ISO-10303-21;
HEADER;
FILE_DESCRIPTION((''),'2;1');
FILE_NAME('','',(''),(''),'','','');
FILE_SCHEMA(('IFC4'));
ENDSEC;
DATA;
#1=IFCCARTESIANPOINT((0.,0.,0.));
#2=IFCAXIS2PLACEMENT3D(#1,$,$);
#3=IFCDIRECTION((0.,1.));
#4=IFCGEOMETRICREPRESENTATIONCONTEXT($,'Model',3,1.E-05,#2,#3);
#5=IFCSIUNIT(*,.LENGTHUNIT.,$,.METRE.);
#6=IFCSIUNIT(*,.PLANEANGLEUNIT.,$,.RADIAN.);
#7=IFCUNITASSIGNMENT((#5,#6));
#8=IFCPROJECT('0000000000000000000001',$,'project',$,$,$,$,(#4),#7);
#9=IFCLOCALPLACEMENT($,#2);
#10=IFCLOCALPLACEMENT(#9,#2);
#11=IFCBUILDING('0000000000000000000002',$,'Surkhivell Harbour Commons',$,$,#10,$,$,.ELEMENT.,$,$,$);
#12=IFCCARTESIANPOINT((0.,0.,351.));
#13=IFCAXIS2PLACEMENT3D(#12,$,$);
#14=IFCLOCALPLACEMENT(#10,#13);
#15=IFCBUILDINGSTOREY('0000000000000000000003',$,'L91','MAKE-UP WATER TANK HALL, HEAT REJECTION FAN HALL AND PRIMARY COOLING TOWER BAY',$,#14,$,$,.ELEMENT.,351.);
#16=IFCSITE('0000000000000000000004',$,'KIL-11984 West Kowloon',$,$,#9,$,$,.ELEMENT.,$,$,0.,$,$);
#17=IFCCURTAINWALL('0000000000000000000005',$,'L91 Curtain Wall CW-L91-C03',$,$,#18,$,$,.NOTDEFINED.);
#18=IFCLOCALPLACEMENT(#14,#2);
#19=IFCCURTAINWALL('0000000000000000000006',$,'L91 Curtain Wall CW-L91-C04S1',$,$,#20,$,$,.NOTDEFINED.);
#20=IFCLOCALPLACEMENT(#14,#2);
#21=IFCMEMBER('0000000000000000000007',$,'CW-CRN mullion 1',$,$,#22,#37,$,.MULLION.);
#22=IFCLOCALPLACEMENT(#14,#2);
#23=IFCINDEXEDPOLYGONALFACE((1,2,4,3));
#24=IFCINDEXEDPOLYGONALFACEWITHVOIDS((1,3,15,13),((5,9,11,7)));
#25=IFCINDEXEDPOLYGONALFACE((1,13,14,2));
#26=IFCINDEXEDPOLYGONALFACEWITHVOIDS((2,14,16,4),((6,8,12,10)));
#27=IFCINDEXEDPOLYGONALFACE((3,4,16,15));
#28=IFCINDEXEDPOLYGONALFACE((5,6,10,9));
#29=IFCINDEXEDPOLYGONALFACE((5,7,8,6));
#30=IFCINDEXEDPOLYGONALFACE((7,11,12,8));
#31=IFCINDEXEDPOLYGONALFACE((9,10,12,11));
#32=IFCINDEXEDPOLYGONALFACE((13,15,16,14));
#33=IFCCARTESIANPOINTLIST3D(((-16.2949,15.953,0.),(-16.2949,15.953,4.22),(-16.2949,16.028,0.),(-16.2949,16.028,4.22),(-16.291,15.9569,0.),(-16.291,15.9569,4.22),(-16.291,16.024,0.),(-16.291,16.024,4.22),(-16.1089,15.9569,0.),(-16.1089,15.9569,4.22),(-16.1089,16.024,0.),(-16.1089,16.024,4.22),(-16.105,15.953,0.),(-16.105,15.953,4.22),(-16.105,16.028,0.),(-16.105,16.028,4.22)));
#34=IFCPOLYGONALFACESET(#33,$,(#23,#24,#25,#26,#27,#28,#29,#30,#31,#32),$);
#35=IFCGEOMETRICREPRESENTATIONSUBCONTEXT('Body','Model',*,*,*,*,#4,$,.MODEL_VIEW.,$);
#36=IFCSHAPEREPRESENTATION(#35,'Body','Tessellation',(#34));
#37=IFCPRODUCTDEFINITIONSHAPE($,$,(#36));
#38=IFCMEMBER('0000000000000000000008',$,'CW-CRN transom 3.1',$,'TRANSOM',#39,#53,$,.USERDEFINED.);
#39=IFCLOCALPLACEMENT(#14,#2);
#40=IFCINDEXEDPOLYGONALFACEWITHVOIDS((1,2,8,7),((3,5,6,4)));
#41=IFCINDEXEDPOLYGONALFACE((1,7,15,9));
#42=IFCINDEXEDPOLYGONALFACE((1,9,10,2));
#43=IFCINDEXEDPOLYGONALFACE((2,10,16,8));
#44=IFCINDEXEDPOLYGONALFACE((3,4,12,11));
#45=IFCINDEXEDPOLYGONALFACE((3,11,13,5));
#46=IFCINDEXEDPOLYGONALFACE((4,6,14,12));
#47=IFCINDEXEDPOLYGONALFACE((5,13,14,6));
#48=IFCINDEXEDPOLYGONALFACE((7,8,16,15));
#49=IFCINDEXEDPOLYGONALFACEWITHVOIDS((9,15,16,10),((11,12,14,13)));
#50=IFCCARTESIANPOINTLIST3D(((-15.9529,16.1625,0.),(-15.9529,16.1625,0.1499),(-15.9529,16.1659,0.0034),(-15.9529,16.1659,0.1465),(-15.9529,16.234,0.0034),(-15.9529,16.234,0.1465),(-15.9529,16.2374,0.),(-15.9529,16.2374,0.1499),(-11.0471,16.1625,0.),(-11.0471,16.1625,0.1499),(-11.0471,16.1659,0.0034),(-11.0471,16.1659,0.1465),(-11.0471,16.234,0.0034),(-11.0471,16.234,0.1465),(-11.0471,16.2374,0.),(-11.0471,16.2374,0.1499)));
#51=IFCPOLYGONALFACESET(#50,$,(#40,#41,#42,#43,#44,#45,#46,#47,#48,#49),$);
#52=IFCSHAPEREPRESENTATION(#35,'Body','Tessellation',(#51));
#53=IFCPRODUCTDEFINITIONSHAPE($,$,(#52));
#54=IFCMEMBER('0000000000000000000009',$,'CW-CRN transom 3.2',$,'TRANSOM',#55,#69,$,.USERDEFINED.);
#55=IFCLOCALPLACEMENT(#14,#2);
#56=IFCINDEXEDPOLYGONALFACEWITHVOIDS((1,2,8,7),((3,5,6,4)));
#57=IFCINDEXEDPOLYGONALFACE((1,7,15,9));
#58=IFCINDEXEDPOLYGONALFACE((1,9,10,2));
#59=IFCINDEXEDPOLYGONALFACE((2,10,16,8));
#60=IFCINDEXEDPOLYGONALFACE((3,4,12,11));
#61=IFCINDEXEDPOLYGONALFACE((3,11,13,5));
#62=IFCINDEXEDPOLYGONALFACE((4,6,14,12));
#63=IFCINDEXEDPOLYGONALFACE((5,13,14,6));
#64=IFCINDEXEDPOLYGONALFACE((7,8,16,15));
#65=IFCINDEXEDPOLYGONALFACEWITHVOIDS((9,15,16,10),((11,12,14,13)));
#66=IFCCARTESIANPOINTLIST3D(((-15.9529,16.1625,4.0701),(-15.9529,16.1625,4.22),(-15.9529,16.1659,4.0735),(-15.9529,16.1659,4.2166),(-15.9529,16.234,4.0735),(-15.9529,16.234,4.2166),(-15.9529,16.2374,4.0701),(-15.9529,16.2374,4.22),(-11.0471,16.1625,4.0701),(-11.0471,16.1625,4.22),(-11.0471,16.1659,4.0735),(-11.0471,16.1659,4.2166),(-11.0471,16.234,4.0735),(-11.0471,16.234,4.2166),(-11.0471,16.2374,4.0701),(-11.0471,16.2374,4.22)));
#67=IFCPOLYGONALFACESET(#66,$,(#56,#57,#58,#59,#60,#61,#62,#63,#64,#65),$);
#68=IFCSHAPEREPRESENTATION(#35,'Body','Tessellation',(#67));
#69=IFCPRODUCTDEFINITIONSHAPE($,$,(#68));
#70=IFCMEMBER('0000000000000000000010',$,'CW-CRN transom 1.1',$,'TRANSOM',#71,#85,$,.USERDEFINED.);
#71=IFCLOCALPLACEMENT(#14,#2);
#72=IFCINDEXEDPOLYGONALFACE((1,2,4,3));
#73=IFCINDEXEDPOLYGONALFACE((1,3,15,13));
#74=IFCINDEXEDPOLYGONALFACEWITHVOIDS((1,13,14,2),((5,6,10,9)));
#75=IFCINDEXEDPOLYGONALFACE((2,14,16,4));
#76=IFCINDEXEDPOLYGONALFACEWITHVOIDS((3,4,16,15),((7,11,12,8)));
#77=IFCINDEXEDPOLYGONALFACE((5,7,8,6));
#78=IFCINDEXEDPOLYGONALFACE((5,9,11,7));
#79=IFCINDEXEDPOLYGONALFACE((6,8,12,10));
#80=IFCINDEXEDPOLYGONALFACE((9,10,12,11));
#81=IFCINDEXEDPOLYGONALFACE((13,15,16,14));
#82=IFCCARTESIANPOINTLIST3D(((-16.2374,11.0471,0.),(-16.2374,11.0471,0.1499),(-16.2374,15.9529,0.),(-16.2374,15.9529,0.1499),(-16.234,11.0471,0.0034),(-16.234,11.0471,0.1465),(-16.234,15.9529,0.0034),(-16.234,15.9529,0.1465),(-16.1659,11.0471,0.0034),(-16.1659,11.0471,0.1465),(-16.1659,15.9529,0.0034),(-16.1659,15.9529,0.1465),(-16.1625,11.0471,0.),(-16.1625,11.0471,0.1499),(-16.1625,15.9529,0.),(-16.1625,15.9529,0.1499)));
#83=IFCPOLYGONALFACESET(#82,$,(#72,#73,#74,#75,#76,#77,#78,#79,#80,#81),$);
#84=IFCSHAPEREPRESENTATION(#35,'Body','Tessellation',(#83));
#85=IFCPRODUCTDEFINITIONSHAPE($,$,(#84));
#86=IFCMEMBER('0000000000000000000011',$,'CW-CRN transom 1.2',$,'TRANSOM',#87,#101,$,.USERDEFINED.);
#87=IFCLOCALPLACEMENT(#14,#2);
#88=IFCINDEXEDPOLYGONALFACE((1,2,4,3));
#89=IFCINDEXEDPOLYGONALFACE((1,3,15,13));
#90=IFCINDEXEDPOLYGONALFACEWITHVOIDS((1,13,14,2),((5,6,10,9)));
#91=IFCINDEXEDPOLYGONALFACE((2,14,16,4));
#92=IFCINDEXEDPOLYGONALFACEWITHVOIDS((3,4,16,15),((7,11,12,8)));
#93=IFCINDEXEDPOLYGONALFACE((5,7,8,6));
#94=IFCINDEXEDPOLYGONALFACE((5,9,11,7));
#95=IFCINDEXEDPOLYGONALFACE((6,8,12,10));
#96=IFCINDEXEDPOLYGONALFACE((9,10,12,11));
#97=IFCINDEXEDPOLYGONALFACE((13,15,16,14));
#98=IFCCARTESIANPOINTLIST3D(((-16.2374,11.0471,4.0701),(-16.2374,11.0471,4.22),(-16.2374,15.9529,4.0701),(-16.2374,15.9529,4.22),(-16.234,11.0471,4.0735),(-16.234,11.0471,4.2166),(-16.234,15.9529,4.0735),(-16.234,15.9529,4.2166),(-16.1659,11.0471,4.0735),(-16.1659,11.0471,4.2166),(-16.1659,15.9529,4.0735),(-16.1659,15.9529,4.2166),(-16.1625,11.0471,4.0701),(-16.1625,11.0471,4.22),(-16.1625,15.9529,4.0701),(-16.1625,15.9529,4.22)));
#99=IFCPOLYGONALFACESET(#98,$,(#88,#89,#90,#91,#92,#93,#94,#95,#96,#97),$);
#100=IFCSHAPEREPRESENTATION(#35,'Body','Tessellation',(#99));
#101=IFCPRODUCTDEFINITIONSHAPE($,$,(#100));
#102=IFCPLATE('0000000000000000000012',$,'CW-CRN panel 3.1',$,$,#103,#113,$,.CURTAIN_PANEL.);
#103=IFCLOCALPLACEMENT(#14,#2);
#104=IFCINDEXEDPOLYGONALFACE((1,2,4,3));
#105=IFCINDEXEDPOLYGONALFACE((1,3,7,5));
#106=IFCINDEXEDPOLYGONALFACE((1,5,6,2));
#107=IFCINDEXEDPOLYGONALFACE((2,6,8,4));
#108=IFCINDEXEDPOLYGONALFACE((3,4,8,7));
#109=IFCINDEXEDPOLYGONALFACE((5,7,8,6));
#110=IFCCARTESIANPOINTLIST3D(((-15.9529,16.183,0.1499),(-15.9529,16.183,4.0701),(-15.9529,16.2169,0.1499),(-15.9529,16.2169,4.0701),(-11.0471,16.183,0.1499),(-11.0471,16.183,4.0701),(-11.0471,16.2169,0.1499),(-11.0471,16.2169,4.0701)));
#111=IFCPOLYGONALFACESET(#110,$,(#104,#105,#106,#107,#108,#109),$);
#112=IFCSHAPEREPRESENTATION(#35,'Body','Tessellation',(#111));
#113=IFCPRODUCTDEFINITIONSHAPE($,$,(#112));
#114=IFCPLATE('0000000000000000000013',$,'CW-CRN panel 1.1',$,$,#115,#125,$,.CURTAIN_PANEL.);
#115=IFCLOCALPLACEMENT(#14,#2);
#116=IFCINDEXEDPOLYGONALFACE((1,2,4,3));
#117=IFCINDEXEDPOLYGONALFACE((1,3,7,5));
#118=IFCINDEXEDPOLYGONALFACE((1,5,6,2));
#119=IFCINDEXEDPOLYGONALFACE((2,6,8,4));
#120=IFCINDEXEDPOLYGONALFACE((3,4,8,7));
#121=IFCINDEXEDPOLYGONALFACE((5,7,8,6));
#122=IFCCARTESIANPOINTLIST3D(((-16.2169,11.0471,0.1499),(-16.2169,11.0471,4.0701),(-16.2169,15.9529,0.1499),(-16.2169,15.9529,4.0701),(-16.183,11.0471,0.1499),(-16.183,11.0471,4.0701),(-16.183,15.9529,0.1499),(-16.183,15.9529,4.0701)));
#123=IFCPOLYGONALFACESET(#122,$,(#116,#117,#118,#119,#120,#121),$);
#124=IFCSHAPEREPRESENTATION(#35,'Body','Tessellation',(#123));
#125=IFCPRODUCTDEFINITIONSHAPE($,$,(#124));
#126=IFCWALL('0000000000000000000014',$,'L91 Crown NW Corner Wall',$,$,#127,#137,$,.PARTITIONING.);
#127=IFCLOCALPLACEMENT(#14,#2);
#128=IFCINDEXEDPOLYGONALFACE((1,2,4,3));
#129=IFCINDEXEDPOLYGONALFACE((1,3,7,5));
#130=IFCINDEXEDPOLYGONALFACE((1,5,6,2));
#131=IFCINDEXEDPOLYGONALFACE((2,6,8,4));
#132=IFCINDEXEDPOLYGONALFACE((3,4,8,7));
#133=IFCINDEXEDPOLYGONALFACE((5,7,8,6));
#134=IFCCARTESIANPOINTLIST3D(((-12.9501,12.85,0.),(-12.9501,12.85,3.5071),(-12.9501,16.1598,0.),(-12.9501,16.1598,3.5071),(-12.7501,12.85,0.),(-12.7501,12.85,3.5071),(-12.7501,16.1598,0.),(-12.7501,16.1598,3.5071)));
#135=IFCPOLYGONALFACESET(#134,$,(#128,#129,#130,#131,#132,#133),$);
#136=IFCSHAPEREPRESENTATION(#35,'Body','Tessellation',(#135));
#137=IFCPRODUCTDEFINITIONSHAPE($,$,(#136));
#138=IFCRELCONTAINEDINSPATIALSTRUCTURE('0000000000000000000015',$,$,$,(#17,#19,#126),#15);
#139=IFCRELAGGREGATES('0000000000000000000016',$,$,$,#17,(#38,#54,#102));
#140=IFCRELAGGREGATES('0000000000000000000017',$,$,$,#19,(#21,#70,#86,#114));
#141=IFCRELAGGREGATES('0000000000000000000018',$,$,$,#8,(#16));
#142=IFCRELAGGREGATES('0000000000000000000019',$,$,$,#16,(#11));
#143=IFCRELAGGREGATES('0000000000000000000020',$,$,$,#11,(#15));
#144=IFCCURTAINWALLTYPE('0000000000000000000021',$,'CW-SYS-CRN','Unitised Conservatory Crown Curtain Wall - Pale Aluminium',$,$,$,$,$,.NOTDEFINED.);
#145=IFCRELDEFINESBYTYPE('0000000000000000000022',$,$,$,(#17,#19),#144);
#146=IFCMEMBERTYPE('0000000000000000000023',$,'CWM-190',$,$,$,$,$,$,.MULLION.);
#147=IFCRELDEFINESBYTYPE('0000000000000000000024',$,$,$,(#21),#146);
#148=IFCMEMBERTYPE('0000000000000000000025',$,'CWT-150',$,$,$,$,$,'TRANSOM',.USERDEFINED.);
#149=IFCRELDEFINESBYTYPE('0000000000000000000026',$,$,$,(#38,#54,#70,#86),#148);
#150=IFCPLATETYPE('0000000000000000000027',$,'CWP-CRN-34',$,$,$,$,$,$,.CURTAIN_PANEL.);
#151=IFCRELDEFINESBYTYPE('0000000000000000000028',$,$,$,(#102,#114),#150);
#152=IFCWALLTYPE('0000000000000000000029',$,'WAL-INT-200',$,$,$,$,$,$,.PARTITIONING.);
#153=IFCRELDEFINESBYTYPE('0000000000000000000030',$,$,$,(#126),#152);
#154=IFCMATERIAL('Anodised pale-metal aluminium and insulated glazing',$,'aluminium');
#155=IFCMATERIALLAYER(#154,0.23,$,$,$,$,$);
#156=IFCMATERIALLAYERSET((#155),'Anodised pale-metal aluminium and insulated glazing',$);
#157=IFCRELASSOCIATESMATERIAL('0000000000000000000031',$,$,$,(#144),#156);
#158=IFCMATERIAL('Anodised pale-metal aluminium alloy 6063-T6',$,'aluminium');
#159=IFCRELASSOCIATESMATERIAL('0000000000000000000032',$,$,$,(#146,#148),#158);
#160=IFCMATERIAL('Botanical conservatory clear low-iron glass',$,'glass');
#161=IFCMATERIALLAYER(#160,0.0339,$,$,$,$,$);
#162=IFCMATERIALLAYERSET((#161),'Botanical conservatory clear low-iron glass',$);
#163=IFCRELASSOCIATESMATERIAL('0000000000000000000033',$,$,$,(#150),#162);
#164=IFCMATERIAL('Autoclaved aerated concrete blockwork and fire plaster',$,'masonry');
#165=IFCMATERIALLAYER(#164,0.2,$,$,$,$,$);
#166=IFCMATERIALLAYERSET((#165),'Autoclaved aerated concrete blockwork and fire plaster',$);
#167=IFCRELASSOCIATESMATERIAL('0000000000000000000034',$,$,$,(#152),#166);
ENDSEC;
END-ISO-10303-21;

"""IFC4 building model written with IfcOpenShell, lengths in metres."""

from ifc_helpers import new_model, si_unit, direction, frame, frame_2d, origin, origin_2d, place, context, subcontext, project, spatial, rectangle, hollow_rectangle, extrude, material, layer, layer_set, material_profile, profile_set, type_object, element, aggregate, save


model = new_model("IFC4")

# Units and contexts
model_context = context("Model", 3, precision=1e-05, world=origin(), true_north=direction((0.0, 1.0)))
body_context = subcontext(model_context, "Body", "Model", "MODEL_VIEW")
ifc_project = project(units=[si_unit("LENGTHUNIT", "METRE"), si_unit("PLANEANGLEUNIT", "RADIAN")], contexts=[model_context])

# Site, building, storey
site_placement = place(None, origin())
site = spatial("IfcSite", under=ifc_project, at=site_placement, Name="KIL-11984 West Kowloon", CompositionType="ELEMENT", RefElevation=0.0)
building_placement = place(site_placement, origin())
building = spatial("IfcBuilding", under=site, at=building_placement, Name="Surkhivell Harbour Commons", CompositionType="ELEMENT")
storey_placement = place(building_placement, frame((0.0, 0.0, 351.0)))
storey = spatial("IfcBuildingStorey", under=building, at=storey_placement, Name="L91", Description="MAKE-UP WATER TANK HALL, HEAT REJECTION FAN HALL AND PRIMARY COOLING TOWER BAY", CompositionType="ELEMENT", Elevation=351.0)

# Curtain wall
ifc_material_1 = material(Name="Anodised pale-metal aluminium and insulated glazing", Category="aluminium")
ifc_layer_1 = layer(ifc_material_1, 0.23)
ifc_layer_set_1 = layer_set([ifc_layer_1], Name="Anodised pale-metal aluminium and insulated glazing")
curtain_wall_type = type_object("IfcCurtainWallType", Name="CW-SYS-CRN", Description="Unitised Conservatory Crown Curtain Wall - Pale Aluminium", PredefinedType="NOTDEFINED", material=ifc_layer_set_1)
curtain_wall_1_placement = place(storey_placement, origin())
curtain_wall_1 = element("IfcCurtainWall", 1, at=curtain_wall_1_placement, inside=storey, type_object=curtain_wall_type, Name="L91 Curtain Wall CW-L91-C03", PredefinedType="NOTDEFINED")
ifc_material_2 = material(Name="Anodised pale-metal aluminium alloy 6063-T6", Category="aluminium")
ifc_material_profile_1 = material_profile(ifc_material_2, hollow_rectangle(XDim=0.075, YDim=0.1899, WallThickness=0.0039, at=origin_2d()), Name="ALU-MULL-75x190")
ifc_profile_set_1 = profile_set([ifc_material_profile_1], Name="Anodised pale-metal aluminium alloy 6063-T6")
member_type_1 = type_object("IfcMemberType", Name="CWM-190", PredefinedType="MULLION", material=ifc_profile_set_1)

# Curtain wall, member
curtain_wall_2_placement = place(storey_placement, origin())
curtain_wall_2 = element("IfcCurtainWall", 2, at=curtain_wall_2_placement, inside=storey, type_object=curtain_wall_type, Name="L91 Curtain Wall CW-L91-C04S1", PredefinedType="NOTDEFINED")
member_1_placement = place(storey_placement, frame((-16.2, 15.9905, 0.0), z_axis=(0.0, 0.0, 1.0), x_axis=(0.0, -1.0, 0.0)))
member_1 = element("IfcMember", 3, at=member_1_placement, type_object=member_type_1, Name="CW-CRN mullion 1", PredefinedType="MULLION", context=body_context, shape_type="SweptSolid", body=[
    extrude(hollow_rectangle(XDim=0.075, YDim=0.1899, WallThickness=0.0039, at=origin_2d()), origin(), (0.0, 0.0, 1.0), 4.22),
])

# Members
ifc_material_profile_2 = material_profile(ifc_material_2, hollow_rectangle(XDim=0.075, YDim=0.1499, WallThickness=0.0034, at=origin_2d()), Name="ALU-TRAN-75x150")
ifc_profile_set_2 = profile_set([ifc_material_profile_2], Name="Anodised pale-metal aluminium alloy 6063-T6")
member_type_2 = type_object("IfcMemberType", Name="CWT-150", ElementType="TRANSOM", PredefinedType="USERDEFINED", material=ifc_profile_set_2)
member_2_placement = place(storey_placement, frame((-11.0471, 16.2, 0.075), z_axis=(-1.0, 0.0, 0.0), x_axis=(0.0, -1.0, 0.0)))
member_2 = element("IfcMember", 4, at=member_2_placement, type_object=member_type_2, Name="CW-CRN transom 3.1", ObjectType="TRANSOM", PredefinedType="USERDEFINED", context=body_context, shape_type="SweptSolid", body=[
    extrude(hollow_rectangle(XDim=0.075, YDim=0.1499, WallThickness=0.0034, at=origin_2d()), origin(), (0.0, 0.0, 1.0), 4.9058),
])
member_3_placement = place(storey_placement, frame((-11.0471, 16.2, 4.145), z_axis=(-1.0, 0.0, 0.0), x_axis=(0.0, -1.0, 0.0)))
member_3 = element("IfcMember", 5, at=member_3_placement, type_object=member_type_2, Name="CW-CRN transom 3.2", ObjectType="TRANSOM", PredefinedType="USERDEFINED", context=body_context, shape_type="SweptSolid", body=[
    extrude(hollow_rectangle(XDim=0.075, YDim=0.1499, WallThickness=0.0034, at=origin_2d()), origin(), (0.0, 0.0, 1.0), 4.9058),
])
member_4_placement = place(storey_placement, frame((-16.2, 15.9529, 0.075), z_axis=(0.0, -1.0, 0.0), x_axis=(1.0, 0.0, 0.0)))
member_4 = element("IfcMember", 6, at=member_4_placement, type_object=member_type_2, Name="CW-CRN transom 1.1", ObjectType="TRANSOM", PredefinedType="USERDEFINED", context=body_context, shape_type="SweptSolid", body=[
    extrude(hollow_rectangle(XDim=0.075, YDim=0.1499, WallThickness=0.0034, at=origin_2d()), origin(), (0.0, 0.0, 1.0), 4.9058),
])
member_5_placement = place(storey_placement, frame((-16.2, 15.9529, 4.145), z_axis=(0.0, -1.0, 0.0), x_axis=(1.0, 0.0, 0.0)))
member_5 = element("IfcMember", 7, at=member_5_placement, type_object=member_type_2, Name="CW-CRN transom 1.2", ObjectType="TRANSOM", PredefinedType="USERDEFINED", context=body_context, shape_type="SweptSolid", body=[
    extrude(hollow_rectangle(XDim=0.075, YDim=0.1499, WallThickness=0.0034, at=origin_2d()), origin(), (0.0, 0.0, 1.0), 4.9058),
])

# Plates
ifc_material_3 = material(Name="Botanical conservatory clear low-iron glass", Category="glass")
ifc_layer_2 = layer(ifc_material_3, 0.0339)
ifc_layer_set_2 = layer_set([ifc_layer_2], Name="Botanical conservatory clear low-iron glass")
plate_type = type_object("IfcPlateType", Name="CWP-CRN-34", PredefinedType="CURTAIN_PANEL", material=ifc_layer_set_2)
plate_1_placement = place(storey_placement, frame((-11.0471, 16.2, 0.1499), z_axis=(0.0, 0.0, 1.0), x_axis=(-1.0, 0.0, 0.0)))
plate_1 = element("IfcPlate", 8, at=plate_1_placement, type_object=plate_type, Name="CW-CRN panel 3.1", PredefinedType="CURTAIN_PANEL", context=body_context, shape_type="SweptSolid", body=[
    extrude(rectangle(XDim=4.9058, YDim=0.0339, at=frame_2d((2.4529, 0.0))), origin(), (0.0, 0.0, 1.0), 3.9202),
])
aggregate(curtain_wall_1, [member_2, member_3, plate_1])
plate_2_placement = place(storey_placement, frame((-16.2, 15.9529, 0.1499), z_axis=(0.0, 0.0, 1.0), x_axis=(0.0, -1.0, 0.0)))
plate_2 = element("IfcPlate", 9, at=plate_2_placement, type_object=plate_type, Name="CW-CRN panel 1.1", PredefinedType="CURTAIN_PANEL", context=body_context, shape_type="SweptSolid", body=[
    extrude(rectangle(XDim=4.9058, YDim=0.0339, at=frame_2d((2.4529, 0.0))), origin(), (0.0, 0.0, 1.0), 3.9202),
])
aggregate(curtain_wall_2, [member_1, member_4, member_5, plate_2])

# Wall
ifc_material_4 = material(Name="Autoclaved aerated concrete blockwork and fire plaster", Category="masonry")
ifc_layer_3 = layer(ifc_material_4, 0.2)
ifc_layer_set_3 = layer_set([ifc_layer_3], Name="Autoclaved aerated concrete blockwork and fire plaster")
wall_type = type_object("IfcWallType", Name="WAL-INT-200", PredefinedType="PARTITIONING", material=ifc_layer_set_3)
wall_1_placement = place(storey_placement, frame((-12.8501, 12.8501, 0.0), z_axis=(0.0, 0.0, 1.0), x_axis=(0.0, 1.0, 0.0)))
element("IfcWall", 10, at=wall_1_placement, inside=storey, type_object=wall_type, Name="L91 Crown NW Corner Wall", PredefinedType="PARTITIONING", context=body_context, shape_type="SweptSolid", body=[
    extrude(rectangle(XDim=3.3098, YDim=0.2, at=frame_2d((1.6548, 0.0))), origin(), (0.0, 0.0, 1.0), 3.5071),
])

save(model, "model.ifc")
